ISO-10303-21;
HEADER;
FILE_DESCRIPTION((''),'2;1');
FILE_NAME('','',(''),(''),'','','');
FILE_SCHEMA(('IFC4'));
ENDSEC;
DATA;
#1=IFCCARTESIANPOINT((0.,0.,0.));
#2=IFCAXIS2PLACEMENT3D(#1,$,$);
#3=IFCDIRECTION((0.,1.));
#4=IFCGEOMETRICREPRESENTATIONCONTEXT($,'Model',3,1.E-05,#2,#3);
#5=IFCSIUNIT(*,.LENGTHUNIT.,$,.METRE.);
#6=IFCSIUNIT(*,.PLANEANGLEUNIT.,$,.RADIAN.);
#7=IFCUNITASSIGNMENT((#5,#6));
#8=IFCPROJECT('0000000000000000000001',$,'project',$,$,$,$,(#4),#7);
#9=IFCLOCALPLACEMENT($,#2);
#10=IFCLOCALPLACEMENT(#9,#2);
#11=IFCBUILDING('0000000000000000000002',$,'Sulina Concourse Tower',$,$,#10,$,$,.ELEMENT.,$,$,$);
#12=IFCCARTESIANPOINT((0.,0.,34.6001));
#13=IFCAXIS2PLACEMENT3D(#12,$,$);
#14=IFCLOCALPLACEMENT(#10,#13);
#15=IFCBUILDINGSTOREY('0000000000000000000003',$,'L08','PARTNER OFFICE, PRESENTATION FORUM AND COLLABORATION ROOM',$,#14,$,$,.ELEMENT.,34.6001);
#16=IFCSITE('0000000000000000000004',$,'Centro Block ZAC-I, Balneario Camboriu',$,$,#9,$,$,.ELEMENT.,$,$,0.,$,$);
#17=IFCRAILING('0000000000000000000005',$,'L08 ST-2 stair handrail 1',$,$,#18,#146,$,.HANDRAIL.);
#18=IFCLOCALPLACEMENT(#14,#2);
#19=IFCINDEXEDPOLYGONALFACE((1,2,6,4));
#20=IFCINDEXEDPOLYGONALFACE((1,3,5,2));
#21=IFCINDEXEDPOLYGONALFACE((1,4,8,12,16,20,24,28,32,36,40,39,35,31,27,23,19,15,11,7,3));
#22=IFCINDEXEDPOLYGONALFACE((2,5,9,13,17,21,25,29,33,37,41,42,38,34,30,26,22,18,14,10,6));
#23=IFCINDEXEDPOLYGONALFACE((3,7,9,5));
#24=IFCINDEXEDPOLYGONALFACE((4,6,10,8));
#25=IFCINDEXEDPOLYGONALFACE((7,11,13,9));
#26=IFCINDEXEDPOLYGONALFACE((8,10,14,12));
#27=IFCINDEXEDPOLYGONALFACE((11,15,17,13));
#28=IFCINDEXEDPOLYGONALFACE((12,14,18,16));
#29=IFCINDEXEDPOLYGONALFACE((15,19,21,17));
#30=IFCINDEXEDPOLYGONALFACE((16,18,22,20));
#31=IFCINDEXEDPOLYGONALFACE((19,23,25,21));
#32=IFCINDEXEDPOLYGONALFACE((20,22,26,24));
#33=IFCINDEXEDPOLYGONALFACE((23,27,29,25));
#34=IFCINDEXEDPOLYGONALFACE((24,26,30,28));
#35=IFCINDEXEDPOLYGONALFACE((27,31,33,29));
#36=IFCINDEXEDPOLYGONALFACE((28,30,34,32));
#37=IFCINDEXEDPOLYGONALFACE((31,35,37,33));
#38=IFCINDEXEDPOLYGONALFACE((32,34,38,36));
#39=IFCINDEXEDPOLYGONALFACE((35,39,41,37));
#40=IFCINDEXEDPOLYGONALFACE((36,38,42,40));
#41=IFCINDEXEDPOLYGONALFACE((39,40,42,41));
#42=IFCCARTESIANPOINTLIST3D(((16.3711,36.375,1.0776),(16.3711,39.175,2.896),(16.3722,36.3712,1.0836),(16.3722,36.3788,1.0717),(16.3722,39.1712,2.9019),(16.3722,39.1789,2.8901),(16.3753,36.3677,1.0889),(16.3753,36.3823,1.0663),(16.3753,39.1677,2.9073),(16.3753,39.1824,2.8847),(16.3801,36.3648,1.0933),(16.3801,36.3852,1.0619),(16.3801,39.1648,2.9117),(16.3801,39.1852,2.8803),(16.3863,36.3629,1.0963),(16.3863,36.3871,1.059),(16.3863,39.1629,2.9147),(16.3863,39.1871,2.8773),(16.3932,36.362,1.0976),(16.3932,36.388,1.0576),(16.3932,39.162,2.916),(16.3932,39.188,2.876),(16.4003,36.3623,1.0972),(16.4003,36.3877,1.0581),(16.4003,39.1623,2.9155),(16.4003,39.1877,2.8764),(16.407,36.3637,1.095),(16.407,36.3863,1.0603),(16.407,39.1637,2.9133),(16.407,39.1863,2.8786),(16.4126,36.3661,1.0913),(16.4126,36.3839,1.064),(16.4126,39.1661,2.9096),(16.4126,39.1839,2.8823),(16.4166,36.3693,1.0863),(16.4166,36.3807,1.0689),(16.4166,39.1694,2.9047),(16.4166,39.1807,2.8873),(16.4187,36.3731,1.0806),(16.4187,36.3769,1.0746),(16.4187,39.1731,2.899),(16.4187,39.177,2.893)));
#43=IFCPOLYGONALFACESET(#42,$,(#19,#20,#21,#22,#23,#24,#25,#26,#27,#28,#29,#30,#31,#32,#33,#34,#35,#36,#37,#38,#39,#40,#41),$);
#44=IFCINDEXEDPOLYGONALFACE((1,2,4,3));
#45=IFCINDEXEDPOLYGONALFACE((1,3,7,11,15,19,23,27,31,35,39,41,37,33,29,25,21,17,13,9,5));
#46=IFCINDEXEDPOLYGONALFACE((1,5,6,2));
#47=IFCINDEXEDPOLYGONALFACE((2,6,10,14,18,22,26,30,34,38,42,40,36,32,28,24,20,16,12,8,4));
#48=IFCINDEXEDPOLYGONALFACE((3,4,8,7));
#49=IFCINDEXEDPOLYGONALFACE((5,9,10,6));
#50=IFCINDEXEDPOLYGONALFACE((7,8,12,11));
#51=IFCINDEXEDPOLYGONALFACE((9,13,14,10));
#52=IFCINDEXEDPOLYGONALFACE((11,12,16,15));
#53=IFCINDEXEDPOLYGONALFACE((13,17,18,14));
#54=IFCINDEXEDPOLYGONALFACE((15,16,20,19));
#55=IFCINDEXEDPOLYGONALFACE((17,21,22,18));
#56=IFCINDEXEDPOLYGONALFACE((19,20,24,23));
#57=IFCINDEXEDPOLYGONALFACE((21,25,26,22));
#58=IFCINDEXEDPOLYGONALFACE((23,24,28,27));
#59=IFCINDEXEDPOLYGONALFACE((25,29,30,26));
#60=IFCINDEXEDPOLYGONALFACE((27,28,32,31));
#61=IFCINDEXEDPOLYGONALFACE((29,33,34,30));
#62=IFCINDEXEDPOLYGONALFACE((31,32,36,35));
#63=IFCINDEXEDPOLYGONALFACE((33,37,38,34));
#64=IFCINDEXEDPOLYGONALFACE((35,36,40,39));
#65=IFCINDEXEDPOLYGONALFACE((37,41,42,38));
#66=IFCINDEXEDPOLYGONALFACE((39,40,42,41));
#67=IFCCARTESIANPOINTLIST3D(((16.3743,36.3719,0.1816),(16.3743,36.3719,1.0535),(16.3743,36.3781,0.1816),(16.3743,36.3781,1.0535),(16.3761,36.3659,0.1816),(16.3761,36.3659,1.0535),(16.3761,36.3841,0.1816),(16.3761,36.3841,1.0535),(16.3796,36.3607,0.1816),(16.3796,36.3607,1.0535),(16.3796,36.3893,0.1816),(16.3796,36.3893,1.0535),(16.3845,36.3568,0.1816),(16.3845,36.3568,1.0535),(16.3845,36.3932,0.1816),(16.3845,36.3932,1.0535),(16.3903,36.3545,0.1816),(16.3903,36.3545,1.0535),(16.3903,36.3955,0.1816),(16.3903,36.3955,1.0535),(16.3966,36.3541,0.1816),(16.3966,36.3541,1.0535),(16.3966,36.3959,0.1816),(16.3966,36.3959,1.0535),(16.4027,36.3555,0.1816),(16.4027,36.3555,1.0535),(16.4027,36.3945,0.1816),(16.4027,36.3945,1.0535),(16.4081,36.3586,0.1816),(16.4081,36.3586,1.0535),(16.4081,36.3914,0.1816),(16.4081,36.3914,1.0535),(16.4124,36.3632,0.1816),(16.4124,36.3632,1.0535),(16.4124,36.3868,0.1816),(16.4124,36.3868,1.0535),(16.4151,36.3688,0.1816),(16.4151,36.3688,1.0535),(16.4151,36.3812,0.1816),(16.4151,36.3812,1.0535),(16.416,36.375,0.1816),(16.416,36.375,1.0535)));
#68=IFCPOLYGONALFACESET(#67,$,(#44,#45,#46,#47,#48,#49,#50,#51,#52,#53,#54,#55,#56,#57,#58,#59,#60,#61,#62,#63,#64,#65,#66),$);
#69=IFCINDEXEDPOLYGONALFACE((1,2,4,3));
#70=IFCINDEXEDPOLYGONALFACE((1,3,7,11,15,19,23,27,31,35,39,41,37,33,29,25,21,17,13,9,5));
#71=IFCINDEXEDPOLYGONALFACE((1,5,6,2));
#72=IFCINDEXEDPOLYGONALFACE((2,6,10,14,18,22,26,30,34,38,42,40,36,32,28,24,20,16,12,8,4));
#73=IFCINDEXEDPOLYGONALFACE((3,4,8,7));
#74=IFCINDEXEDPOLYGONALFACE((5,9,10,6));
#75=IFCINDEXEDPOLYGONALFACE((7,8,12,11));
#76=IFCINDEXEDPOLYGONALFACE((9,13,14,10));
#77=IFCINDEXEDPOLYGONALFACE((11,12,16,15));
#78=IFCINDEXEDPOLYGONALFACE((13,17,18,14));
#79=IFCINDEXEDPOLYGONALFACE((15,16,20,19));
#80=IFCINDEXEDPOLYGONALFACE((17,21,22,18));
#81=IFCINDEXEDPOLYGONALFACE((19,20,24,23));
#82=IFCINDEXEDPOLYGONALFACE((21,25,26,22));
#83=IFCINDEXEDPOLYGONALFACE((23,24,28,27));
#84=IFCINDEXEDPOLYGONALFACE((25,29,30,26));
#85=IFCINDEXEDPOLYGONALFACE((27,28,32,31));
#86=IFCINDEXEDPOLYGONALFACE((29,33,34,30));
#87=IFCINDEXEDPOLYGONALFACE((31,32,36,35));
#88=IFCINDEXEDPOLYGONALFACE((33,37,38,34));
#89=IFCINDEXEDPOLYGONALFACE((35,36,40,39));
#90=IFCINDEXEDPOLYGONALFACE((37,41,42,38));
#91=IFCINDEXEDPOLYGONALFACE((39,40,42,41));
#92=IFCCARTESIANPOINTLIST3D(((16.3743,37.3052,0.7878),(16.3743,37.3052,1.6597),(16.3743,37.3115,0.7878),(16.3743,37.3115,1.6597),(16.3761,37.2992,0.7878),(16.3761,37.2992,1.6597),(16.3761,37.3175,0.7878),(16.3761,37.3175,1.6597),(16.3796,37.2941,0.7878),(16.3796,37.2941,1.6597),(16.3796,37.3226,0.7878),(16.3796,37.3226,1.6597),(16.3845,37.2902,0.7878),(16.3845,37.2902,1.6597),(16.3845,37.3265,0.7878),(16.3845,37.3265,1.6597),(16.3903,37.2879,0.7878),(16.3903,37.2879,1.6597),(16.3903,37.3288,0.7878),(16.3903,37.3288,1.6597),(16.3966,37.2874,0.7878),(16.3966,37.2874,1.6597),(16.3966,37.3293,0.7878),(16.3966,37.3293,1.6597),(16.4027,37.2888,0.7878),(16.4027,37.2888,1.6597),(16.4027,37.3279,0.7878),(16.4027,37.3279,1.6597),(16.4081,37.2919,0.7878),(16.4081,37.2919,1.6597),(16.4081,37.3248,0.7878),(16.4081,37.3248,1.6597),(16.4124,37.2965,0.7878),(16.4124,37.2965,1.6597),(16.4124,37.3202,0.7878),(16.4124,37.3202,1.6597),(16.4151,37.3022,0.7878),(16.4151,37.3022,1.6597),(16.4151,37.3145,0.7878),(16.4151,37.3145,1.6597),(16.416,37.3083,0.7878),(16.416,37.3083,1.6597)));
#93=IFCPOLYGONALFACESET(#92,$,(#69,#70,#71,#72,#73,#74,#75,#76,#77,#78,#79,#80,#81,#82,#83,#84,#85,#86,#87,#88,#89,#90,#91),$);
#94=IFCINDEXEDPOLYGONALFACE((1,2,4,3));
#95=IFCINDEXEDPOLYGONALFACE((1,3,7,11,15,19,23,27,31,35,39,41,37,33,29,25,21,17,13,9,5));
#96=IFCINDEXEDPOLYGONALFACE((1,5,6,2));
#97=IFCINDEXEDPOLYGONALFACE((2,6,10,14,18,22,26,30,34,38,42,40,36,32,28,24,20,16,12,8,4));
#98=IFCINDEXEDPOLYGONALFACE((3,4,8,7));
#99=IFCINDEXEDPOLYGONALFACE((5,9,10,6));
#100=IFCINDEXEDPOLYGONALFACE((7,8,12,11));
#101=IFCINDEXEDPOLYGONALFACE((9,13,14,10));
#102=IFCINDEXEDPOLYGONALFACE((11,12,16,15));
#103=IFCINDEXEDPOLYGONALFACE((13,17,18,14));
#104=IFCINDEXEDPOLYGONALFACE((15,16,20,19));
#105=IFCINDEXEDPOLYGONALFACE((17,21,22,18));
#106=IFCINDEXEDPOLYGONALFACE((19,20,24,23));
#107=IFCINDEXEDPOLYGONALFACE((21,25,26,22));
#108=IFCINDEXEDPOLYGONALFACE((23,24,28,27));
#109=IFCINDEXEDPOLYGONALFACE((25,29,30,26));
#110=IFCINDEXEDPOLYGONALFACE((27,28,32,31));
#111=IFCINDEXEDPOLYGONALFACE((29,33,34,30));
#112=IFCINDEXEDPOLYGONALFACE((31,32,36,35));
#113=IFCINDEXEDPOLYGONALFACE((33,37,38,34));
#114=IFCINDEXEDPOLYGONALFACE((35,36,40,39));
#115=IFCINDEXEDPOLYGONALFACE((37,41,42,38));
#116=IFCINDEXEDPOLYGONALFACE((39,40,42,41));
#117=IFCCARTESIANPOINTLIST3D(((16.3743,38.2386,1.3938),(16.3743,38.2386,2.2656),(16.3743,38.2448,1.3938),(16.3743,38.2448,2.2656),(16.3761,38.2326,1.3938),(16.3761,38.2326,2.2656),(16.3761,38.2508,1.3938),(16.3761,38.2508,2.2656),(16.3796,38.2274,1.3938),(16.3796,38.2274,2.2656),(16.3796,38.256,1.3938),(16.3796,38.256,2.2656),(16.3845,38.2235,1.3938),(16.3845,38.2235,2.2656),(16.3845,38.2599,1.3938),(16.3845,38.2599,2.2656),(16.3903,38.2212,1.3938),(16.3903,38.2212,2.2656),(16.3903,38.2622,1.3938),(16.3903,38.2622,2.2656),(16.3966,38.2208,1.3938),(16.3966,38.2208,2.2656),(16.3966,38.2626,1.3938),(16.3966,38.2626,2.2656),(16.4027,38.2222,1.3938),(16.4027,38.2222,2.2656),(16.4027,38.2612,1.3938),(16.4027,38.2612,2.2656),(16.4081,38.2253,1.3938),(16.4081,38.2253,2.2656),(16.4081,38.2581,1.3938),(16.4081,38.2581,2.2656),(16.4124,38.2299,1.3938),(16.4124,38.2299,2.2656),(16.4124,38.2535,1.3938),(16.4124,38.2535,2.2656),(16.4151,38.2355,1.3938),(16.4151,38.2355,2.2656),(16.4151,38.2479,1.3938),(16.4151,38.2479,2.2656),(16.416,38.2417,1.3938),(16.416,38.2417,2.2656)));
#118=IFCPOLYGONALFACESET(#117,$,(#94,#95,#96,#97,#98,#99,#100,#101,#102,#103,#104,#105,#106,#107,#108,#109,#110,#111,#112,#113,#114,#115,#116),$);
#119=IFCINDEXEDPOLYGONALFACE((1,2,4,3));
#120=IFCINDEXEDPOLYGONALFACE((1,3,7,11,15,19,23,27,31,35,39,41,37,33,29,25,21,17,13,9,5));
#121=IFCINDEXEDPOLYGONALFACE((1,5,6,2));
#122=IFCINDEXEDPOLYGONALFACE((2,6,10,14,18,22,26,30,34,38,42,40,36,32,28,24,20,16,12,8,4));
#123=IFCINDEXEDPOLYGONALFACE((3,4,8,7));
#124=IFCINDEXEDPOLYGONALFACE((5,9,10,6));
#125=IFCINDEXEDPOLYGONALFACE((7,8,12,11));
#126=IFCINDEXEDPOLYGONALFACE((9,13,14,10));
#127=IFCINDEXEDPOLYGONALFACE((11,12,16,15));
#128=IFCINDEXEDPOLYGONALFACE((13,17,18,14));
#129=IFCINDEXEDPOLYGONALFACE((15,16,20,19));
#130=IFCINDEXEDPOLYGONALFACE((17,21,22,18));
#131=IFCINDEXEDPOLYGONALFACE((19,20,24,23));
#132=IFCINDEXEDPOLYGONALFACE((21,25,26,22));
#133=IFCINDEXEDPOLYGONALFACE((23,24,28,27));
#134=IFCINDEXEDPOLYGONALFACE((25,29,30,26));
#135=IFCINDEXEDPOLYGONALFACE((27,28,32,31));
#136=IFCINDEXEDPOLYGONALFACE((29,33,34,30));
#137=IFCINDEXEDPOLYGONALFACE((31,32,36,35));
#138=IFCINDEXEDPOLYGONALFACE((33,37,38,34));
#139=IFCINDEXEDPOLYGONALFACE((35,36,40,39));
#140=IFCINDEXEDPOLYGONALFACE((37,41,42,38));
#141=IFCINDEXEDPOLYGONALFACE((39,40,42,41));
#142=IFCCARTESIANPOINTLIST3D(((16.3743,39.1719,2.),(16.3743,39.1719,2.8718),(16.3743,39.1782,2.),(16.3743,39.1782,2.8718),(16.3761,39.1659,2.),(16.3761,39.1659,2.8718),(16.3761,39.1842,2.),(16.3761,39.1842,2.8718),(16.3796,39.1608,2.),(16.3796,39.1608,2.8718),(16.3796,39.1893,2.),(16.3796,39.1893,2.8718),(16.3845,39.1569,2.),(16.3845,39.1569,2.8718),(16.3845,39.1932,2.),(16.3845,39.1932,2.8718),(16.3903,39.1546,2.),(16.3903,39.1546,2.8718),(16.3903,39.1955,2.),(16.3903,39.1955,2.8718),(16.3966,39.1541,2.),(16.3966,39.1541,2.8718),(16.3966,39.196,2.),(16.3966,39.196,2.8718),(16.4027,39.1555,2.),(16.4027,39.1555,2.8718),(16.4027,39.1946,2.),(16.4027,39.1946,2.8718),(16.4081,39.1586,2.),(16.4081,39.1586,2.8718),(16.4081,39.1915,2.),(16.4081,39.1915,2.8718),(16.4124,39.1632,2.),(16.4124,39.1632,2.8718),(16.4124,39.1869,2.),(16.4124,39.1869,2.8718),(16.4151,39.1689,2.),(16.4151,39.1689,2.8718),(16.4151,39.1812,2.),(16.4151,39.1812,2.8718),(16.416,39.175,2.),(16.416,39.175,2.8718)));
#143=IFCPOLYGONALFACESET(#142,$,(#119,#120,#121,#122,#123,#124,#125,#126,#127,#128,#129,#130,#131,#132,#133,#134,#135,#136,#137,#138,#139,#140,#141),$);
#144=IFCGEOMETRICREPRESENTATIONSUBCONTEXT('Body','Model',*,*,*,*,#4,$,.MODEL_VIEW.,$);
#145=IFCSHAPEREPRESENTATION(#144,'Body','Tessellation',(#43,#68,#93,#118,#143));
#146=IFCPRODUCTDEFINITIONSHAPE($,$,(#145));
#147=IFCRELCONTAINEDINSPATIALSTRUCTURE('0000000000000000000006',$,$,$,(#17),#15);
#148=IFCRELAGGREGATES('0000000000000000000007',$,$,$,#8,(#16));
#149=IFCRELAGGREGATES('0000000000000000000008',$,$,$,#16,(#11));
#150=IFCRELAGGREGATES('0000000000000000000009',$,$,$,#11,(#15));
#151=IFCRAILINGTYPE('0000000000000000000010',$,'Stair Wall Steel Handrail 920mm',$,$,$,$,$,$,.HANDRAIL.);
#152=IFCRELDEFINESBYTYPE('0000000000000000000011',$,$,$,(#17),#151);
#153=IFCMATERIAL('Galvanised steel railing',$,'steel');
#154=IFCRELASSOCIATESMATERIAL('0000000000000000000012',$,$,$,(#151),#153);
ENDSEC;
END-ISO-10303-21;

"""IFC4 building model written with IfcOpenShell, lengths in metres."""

from ifc_helpers import new_model, si_unit, direction, frame, origin, origin_2d, place, context, subcontext, project, spatial, circle, extrude, material, type_object, element, save


model = new_model("IFC4")

# Units and contexts
model_context = context("Model", 3, precision=1e-05, world=origin(), true_north=direction((0.0, 1.0)))
body_context = subcontext(model_context, "Body", "Model", "MODEL_VIEW")
ifc_project = project(units=[si_unit("LENGTHUNIT", "METRE"), si_unit("PLANEANGLEUNIT", "RADIAN")], contexts=[model_context])

# Site, building, storey
site_placement = place(None, origin())
site = spatial("IfcSite", under=ifc_project, at=site_placement, Name="Centro Block ZAC-I, Balneario Camboriu", CompositionType="ELEMENT", RefElevation=0.0)
building_placement = place(site_placement, origin())
building = spatial("IfcBuilding", under=site, at=building_placement, Name="Sulina Concourse Tower", CompositionType="ELEMENT")
storey_placement = place(building_placement, frame((0.0, 0.0, 34.6001)))
storey = spatial("IfcBuildingStorey", under=building, at=storey_placement, Name="L08", Description="PARTNER OFFICE, PRESENTATION FORUM AND COLLABORATION ROOM", CompositionType="ELEMENT", Elevation=34.6001)

# Railing
ifc_material_1 = material(Name="Galvanised steel railing", Category="steel")
railing_type_1 = type_object("IfcRailingType", Name="Stair Wall Steel Handrail 920mm", PredefinedType="HANDRAIL", material=ifc_material_1)
railing_1_placement = place(storey_placement, frame((16.395, 36.375, 0.1816)))
element("IfcRailing", 1, at=railing_1_placement, inside=storey, type_object=railing_type_1, Name="L08 ST-2 stair handrail 1", PredefinedType="HANDRAIL", context=body_context, shape_type="SweptSolid", body=[
    extrude(circle(Radius=0.0239, at=origin_2d()), frame((0.0, 0.0, 0.896), z_axis=(0.0, 0.838672, 0.544636), x_axis=(-1.0, 0.0, 0.0)), (0.0, 0.0, 1.0), 3.3386),
    extrude(circle(Radius=0.021, at=origin_2d()), origin(), (0.0, 0.0, 1.0), 0.8718),
    extrude(circle(Radius=0.021, at=origin_2d()), frame((0.0, 0.9333, 0.6062)), (0.0, 0.0, 1.0), 0.8718),
    extrude(circle(Radius=0.021, at=origin_2d()), frame((0.0, 1.8667, 1.2122)), (0.0, 0.0, 1.0), 0.8718),
    extrude(circle(Radius=0.021, at=origin_2d()), frame((0.0, 2.8, 1.8184)), (0.0, 0.0, 1.0), 0.8718),
])

save(model, "model.ifc")
